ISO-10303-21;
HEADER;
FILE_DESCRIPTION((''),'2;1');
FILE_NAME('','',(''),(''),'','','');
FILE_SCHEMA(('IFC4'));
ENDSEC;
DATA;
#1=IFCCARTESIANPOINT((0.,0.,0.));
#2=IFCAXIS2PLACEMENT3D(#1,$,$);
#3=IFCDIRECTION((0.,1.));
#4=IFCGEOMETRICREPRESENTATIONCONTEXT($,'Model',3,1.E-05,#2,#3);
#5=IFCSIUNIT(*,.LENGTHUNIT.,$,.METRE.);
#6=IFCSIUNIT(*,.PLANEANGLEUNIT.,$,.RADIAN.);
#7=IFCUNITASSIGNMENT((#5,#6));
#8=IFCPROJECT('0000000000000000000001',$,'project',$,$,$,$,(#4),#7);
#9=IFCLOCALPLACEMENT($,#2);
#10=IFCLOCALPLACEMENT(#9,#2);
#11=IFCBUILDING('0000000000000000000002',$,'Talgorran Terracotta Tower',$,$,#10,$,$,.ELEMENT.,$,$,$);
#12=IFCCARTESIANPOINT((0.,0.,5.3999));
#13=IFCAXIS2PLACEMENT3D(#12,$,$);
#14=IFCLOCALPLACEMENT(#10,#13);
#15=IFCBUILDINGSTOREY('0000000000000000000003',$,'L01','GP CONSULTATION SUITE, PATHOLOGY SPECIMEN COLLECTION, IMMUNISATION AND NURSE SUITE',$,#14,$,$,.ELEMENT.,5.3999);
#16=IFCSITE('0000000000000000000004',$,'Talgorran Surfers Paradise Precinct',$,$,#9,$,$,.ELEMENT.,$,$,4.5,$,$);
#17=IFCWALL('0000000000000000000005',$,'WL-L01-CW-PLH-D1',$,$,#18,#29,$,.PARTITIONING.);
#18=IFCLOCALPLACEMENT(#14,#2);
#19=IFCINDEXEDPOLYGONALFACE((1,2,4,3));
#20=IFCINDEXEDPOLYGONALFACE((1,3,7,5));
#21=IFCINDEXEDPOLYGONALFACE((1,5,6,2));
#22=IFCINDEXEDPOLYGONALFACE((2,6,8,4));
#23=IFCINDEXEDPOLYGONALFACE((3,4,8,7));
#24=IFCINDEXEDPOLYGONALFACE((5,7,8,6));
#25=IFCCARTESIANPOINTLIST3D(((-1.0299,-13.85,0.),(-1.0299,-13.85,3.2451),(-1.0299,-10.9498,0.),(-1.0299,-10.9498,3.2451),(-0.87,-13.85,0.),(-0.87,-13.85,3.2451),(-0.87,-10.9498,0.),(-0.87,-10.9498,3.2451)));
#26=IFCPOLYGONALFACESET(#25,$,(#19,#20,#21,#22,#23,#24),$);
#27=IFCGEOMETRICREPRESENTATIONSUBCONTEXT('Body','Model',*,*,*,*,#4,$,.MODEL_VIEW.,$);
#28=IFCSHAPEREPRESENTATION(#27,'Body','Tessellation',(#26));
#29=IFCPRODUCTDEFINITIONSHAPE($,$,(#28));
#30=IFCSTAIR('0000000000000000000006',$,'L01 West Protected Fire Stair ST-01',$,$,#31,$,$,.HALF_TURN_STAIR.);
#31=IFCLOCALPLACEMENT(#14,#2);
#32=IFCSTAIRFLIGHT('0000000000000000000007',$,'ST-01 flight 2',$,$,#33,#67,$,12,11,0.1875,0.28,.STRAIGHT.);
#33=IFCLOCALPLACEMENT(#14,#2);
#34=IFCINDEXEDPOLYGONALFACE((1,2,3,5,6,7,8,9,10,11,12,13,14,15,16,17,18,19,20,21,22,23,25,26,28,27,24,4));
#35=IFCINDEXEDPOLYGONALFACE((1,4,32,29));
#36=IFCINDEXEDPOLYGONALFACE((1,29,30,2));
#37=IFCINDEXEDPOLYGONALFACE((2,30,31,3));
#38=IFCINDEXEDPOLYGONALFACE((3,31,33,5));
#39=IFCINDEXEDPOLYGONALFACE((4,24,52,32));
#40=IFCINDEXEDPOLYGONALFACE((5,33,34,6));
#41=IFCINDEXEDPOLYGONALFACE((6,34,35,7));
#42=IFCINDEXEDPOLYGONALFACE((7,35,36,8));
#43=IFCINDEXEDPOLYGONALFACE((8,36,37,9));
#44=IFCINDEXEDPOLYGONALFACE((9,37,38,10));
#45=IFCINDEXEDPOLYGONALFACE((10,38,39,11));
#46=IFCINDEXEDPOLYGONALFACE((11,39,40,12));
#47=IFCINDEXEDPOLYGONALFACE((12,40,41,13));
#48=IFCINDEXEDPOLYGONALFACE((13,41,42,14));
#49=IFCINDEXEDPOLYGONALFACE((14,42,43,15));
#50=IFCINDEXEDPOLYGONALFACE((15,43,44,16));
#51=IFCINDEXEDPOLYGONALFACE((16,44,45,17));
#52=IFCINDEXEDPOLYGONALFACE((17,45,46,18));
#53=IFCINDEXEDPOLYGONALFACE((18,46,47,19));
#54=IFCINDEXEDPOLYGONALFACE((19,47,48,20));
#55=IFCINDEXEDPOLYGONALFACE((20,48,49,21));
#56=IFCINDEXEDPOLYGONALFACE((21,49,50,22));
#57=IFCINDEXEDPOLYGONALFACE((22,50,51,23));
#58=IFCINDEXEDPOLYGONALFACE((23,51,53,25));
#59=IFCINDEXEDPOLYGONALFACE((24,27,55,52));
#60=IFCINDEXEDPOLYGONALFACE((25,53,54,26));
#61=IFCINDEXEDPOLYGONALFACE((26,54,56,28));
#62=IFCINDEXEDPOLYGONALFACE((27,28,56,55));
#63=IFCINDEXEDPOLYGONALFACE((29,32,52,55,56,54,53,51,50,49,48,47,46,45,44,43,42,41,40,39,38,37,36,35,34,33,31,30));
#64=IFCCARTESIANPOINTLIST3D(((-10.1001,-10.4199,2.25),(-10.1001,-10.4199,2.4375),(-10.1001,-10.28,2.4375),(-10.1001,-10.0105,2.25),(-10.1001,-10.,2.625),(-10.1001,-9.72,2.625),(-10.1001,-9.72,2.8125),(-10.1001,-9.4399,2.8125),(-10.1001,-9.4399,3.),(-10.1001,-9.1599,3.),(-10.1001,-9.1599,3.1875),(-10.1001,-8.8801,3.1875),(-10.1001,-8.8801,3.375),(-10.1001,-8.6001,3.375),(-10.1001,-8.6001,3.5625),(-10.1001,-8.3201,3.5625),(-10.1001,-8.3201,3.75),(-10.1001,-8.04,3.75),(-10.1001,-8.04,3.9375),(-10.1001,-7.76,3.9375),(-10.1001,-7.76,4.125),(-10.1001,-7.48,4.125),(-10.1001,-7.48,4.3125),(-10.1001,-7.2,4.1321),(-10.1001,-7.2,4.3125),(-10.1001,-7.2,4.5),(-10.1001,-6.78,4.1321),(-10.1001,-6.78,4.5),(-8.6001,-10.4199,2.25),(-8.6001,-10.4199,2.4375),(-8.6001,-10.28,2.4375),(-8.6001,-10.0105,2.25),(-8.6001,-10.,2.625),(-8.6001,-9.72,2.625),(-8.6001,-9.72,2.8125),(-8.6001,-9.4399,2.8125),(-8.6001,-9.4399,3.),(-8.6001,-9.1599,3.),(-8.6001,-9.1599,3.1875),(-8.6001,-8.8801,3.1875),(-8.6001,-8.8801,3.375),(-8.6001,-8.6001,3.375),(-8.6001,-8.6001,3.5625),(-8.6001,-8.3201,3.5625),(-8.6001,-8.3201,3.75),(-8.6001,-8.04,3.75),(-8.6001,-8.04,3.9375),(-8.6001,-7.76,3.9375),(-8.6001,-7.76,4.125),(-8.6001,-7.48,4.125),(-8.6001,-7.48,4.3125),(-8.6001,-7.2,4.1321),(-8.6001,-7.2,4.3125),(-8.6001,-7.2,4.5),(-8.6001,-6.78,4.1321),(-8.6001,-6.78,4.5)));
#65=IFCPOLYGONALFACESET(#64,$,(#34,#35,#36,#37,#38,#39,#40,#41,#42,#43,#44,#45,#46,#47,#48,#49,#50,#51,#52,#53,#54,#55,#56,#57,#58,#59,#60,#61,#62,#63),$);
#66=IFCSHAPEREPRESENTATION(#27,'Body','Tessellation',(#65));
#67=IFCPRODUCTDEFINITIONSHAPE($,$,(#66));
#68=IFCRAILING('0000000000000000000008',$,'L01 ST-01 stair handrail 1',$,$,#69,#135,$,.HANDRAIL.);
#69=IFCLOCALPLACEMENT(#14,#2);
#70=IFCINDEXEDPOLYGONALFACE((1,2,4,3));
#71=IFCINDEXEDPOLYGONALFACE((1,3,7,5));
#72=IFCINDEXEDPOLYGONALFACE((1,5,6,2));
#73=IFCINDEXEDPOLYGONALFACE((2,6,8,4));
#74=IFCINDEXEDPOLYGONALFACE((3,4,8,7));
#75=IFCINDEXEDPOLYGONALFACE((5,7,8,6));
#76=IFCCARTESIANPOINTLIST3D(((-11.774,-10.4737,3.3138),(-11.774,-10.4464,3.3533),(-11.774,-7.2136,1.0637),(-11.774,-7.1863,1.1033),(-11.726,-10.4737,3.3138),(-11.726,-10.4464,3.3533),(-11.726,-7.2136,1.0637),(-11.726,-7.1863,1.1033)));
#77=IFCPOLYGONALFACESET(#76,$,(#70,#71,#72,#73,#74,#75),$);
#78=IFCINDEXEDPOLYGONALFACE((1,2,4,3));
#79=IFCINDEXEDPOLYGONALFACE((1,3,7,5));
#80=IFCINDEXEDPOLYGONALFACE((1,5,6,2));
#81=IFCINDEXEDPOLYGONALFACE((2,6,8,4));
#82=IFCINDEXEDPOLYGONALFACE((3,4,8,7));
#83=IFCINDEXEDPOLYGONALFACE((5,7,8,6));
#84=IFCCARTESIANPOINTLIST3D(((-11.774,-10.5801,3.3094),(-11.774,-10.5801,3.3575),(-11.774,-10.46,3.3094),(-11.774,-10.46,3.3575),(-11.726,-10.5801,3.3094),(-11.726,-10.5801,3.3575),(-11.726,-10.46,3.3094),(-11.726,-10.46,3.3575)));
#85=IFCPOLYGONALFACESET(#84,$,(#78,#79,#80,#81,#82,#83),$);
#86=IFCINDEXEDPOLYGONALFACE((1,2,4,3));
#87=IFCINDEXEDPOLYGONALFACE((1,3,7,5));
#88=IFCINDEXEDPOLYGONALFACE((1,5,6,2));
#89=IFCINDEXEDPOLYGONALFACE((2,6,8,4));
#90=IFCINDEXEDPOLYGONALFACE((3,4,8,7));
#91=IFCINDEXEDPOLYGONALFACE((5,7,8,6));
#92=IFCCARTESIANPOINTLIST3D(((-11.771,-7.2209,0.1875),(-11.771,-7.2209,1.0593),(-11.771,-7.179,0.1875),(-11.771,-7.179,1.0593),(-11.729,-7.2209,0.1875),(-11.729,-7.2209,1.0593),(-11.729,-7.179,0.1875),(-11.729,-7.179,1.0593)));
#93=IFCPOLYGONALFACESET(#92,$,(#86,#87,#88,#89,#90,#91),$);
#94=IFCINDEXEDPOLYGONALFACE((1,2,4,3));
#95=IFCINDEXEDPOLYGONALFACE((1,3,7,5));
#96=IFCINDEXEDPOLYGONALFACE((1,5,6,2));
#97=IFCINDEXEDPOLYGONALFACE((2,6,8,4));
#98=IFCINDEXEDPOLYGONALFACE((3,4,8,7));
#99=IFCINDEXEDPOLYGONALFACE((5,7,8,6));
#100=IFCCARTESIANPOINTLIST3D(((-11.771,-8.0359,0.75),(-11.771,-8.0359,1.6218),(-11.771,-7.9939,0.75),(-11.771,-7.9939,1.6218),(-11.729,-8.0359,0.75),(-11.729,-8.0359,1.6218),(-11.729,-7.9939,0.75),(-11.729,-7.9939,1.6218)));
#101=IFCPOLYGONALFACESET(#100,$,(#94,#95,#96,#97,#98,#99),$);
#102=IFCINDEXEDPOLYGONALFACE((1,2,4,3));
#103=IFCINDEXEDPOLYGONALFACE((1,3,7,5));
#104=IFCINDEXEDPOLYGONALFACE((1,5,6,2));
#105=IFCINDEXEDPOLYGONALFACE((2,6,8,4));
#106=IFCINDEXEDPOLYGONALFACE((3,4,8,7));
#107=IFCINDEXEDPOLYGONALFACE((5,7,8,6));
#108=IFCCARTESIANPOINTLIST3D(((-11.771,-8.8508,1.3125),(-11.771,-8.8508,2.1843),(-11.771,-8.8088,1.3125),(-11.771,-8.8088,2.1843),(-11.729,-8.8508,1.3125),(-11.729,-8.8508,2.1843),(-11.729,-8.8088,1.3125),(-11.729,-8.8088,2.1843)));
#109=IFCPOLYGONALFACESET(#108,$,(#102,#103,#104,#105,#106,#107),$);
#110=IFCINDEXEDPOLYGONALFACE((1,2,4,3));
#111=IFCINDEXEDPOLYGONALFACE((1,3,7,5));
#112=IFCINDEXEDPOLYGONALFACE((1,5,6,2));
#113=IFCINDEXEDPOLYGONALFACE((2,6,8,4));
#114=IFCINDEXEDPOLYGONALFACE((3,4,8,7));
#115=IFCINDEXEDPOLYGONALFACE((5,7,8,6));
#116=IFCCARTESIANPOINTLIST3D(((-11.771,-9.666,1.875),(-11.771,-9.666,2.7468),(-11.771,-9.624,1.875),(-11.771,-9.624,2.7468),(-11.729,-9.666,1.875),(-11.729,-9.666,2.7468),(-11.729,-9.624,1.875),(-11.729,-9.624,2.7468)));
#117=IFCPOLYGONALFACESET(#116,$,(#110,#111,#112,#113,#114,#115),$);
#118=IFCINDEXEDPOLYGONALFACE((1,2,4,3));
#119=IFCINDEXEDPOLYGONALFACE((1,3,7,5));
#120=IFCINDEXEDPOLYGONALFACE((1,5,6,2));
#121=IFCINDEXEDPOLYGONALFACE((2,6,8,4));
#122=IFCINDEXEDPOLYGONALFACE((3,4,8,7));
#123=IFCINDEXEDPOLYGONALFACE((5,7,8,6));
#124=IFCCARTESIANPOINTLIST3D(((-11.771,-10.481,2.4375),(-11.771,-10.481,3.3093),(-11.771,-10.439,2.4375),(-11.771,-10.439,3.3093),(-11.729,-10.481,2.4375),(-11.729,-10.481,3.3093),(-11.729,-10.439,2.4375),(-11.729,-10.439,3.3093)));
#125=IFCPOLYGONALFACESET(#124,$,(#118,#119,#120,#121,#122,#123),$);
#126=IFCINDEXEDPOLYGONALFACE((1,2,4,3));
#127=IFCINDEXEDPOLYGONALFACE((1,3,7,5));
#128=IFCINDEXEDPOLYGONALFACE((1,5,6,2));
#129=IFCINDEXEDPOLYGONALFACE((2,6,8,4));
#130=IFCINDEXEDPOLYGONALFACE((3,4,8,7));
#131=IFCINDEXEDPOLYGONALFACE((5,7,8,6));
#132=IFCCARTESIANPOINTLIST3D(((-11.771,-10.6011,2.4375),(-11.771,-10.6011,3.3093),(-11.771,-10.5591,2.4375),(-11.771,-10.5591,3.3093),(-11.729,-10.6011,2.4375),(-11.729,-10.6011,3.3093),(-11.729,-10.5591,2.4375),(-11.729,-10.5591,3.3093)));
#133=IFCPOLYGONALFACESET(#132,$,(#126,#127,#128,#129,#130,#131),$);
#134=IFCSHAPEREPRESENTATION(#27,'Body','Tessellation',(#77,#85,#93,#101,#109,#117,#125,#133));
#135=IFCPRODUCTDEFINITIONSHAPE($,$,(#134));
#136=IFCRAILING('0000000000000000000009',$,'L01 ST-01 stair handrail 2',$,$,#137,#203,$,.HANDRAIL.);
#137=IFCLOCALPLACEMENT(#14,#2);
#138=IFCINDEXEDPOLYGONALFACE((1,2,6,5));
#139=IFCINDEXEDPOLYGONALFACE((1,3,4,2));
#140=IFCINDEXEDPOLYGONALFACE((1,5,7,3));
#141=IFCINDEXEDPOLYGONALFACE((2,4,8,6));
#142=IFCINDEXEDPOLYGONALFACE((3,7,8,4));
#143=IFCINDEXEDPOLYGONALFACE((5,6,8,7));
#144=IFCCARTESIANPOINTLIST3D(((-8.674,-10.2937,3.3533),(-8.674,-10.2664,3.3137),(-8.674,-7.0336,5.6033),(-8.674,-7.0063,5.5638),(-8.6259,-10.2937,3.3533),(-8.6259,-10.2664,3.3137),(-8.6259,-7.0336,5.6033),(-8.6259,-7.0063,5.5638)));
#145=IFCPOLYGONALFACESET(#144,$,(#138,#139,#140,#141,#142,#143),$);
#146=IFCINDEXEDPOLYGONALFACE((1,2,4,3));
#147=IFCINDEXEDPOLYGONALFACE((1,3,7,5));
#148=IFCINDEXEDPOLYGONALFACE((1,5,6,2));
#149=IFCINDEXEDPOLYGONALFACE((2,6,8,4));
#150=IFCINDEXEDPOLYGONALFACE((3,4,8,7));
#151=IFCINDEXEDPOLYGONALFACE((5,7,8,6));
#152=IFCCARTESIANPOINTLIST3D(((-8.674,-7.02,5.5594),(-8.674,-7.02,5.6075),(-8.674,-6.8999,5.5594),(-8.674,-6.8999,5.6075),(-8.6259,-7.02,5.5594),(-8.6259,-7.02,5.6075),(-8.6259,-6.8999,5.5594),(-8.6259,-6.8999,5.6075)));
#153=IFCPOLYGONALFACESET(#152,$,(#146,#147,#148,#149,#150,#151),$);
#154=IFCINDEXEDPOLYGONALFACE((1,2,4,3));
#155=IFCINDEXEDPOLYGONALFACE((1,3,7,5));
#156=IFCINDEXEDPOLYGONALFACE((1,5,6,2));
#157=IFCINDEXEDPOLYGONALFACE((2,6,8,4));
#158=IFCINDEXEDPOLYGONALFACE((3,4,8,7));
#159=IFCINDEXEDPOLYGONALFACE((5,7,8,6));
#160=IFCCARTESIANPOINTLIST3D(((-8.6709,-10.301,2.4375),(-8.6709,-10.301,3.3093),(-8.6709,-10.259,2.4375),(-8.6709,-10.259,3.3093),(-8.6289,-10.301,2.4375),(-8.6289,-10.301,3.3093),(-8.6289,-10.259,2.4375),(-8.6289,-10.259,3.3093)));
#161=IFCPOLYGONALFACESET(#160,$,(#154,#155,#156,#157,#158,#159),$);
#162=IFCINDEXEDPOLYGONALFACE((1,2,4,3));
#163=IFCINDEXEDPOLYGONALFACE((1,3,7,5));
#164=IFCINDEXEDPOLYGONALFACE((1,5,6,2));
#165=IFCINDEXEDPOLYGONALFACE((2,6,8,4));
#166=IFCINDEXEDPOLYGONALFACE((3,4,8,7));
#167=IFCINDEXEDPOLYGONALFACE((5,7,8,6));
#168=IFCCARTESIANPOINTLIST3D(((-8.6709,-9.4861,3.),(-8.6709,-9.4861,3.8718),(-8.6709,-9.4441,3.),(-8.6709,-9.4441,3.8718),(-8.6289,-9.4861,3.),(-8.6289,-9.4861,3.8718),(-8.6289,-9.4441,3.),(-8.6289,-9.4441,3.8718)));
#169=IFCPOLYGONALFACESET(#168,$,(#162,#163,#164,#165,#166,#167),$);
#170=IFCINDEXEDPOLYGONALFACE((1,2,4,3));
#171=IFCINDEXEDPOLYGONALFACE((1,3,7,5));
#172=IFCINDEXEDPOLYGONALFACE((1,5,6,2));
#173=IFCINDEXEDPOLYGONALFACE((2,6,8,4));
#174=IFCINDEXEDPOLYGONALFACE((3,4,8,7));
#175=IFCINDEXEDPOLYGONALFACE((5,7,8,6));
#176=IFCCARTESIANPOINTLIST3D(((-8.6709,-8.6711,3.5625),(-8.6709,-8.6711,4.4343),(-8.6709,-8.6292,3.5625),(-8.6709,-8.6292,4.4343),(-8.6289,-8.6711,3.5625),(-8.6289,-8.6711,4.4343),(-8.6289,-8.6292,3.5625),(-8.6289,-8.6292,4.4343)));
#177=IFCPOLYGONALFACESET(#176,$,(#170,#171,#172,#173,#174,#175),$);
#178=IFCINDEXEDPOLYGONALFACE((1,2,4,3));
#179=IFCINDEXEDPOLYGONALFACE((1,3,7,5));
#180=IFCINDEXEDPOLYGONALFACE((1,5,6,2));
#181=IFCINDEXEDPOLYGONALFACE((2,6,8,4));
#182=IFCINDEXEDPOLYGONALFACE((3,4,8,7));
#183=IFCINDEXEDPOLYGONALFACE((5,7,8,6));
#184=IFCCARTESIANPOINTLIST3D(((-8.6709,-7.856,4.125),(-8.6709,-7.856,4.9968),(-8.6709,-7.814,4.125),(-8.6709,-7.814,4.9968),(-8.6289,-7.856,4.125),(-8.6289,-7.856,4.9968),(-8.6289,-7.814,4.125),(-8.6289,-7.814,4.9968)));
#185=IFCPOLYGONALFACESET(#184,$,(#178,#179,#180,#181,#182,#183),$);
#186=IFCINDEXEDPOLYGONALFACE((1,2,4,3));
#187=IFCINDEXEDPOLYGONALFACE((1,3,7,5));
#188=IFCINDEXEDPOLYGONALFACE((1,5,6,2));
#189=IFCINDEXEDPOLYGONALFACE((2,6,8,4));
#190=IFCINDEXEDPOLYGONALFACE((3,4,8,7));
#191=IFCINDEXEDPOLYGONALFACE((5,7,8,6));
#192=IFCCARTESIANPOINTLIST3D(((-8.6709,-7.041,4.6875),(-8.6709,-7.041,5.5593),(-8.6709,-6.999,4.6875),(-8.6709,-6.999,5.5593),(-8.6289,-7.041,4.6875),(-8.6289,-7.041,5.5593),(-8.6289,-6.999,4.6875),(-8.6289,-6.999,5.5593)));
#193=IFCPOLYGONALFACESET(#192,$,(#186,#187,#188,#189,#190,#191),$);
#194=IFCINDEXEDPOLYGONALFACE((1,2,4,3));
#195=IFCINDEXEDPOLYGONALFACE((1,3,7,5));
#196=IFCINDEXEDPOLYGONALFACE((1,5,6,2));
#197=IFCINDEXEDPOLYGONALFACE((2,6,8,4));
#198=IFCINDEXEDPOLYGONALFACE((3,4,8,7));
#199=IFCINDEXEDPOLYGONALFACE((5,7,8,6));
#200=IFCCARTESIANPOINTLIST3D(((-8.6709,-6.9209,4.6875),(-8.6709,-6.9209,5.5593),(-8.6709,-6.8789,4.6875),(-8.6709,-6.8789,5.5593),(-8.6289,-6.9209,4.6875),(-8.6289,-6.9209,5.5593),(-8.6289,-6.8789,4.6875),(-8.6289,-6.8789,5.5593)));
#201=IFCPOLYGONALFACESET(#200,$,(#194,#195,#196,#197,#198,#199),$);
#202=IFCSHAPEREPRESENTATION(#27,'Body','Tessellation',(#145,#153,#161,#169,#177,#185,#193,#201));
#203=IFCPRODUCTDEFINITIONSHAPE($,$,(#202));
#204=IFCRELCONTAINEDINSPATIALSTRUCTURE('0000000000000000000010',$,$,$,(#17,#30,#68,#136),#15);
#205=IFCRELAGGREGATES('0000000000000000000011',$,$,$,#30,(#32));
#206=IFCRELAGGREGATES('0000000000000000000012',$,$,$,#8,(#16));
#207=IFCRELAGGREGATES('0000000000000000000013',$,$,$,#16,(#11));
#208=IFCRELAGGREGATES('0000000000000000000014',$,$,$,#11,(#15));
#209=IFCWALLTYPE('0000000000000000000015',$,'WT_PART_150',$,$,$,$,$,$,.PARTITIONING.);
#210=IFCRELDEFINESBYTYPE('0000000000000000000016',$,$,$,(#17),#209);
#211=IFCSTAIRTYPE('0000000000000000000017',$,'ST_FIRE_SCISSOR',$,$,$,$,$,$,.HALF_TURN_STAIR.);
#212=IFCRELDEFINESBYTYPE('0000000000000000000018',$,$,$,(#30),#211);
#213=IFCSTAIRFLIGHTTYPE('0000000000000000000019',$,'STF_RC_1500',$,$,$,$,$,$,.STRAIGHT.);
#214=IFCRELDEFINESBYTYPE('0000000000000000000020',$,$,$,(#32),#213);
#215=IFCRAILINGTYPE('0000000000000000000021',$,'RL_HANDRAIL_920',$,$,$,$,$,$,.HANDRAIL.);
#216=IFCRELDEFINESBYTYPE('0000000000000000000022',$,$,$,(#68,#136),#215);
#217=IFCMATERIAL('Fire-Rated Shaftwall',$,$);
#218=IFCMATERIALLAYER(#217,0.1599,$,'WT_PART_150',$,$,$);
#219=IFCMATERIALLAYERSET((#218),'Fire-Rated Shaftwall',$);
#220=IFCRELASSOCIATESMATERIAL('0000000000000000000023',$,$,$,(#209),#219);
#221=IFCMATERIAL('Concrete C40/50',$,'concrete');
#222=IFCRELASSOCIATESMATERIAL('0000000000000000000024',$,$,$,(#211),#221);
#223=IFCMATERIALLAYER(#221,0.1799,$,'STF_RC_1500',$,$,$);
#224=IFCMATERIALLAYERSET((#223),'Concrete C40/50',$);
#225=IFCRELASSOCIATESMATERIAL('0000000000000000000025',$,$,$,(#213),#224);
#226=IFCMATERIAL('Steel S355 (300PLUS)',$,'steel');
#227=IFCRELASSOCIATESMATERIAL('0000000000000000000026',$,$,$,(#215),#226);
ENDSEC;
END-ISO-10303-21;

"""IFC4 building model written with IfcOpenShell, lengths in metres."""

from ifc_helpers import new_model, si_unit, direction, frame, frame_2d, origin, origin_2d, place, context, subcontext, project, spatial, polyline, rectangle, outline, extrude, material, layer, layer_set, type_object, element, aggregate, save


model = new_model("IFC4")

# Units and contexts
model_context = context("Model", 3, precision=1e-05, world=origin(), true_north=direction((0.0, 1.0)))
body_context = subcontext(model_context, "Body", "Model", "MODEL_VIEW")
ifc_project = project(units=[si_unit("LENGTHUNIT", "METRE"), si_unit("PLANEANGLEUNIT", "RADIAN")], contexts=[model_context])

# Site, building, storey
site_placement = place(None, origin())
site = spatial("IfcSite", under=ifc_project, at=site_placement, Name="Talgorran Surfers Paradise Precinct", CompositionType="ELEMENT", RefElevation=4.5)
building_placement = place(site_placement, origin())
building = spatial("IfcBuilding", under=site, at=building_placement, Name="Talgorran Terracotta Tower", CompositionType="ELEMENT")
storey_placement = place(building_placement, frame((0.0, 0.0, 5.3999)))
storey = spatial("IfcBuildingStorey", under=building, at=storey_placement, Name="L01", Description="GP CONSULTATION SUITE, PATHOLOGY SPECIMEN COLLECTION, IMMUNISATION AND NURSE SUITE", CompositionType="ELEMENT", Elevation=5.3999)

# Wall
ifc_material_1 = material(Name="Fire-Rated Shaftwall")
ifc_layer_1 = layer(ifc_material_1, 0.1599, Name="WT_PART_150")
ifc_layer_set_1 = layer_set([ifc_layer_1], Name="Fire-Rated Shaftwall")
wall_type_1 = type_object("IfcWallType", Name="WT_PART_150", PredefinedType="PARTITIONING", material=ifc_layer_set_1)
for number, where, z_axis, x_axis, name in (
    (1, (-0.95, -13.8501, 0.0), (0.0, 0.0, 1.0), (0.0, 1.0, 0.0), "WL-L01-CW-PLH-D1"),
):
    element("IfcWall", number, at=place(storey_placement, frame(where, z_axis=z_axis, x_axis=x_axis)), inside=storey, type_object=wall_type_1, Name=name, PredefinedType="PARTITIONING", context=body_context, shape_type="SweptSolid", body=[
        extrude(rectangle(XDim=2.9001, YDim=0.1599, at=frame_2d((1.4502, 0.0))), origin(), (0.0, 0.0, 1.0), 3.2451),
    ])

# Stair, stair flight
ifc_material_2 = material(Name="Concrete C40/50", Category="concrete")
stair_type = type_object("IfcStairType", Name="ST_FIRE_SCISSOR", PredefinedType="HALF_TURN_STAIR", material=ifc_material_2)
stair_placement = place(storey_placement, origin())
stair = element("IfcStair", 2, at=stair_placement, inside=storey, type_object=stair_type, Name="L01 West Protected Fire Stair ST-01", PredefinedType="HALF_TURN_STAIR")
ifc_layer_2 = layer(ifc_material_2, 0.1799, Name="STF_RC_1500")
ifc_layer_set_2 = layer_set([ifc_layer_2], Name="Concrete C40/50")
stair_flight_type = type_object("IfcStairFlightType", Name="STF_RC_1500", PredefinedType="STRAIGHT", material=ifc_layer_set_2)
stair_flight_placement = place(storey_placement, frame((-9.3501, -10.28, 2.25), z_axis=(0.0, 0.0, 1.0), x_axis=(0.0, 1.0, 0.0)))
stair_flight = element("IfcStairFlight", 3, at=stair_flight_placement, type_object=stair_flight_type, Name="ST-01 flight 2", NumberOfRisers=12, NumberOfTreads=11, PredefinedType="STRAIGHT", RiserHeight=0.1875, TreadLength=0.28, context=body_context, shape_type="SweptSolid", body=[
    extrude(outline(polyline([(-0.1399, 0.0), (-0.1399, 0.1875), (0.0, 0.1875), (0.28, 0.375), (0.5601, 0.375), (0.5601, 0.5625), (0.8401, 0.5625), (0.8401, 0.75), (1.1201, 0.75), (1.1201, 0.9375), (1.3999, 0.9375), (1.3999, 1.125), (1.6799, 1.125), (1.6799, 1.3125), (1.96, 1.3125), (1.96, 1.5), (2.24, 1.5), (2.24, 1.6875), (2.52, 1.6875), (2.52, 1.875), (2.8, 1.875), (2.8, 2.0625), (3.0801, 2.0625), (3.0801, 2.25), (3.5, 2.25), (3.5, 1.8821), (3.0801, 1.8821), (0.2695, 0.0), (-0.1399, 0.0)])), frame((0.0, 0.75, 0.0), z_axis=(0.0, -1.0, 0.0), x_axis=(1.0, 0.0, 0.0)), (0.0, 0.0, 1.0), 1.5),
])
aggregate(stair, [stair_flight])

# Railings
ifc_material_3 = material(Name="Steel S355 (300PLUS)", Category="steel")
railing_type_1 = type_object("IfcRailingType", Name="RL_HANDRAIL_920", PredefinedType="HANDRAIL", material=ifc_material_3)
railing_1_placement = place(storey_placement, frame((-11.75, -7.2, 0.1875)))
element("IfcRailing", 4, at=railing_1_placement, inside=storey, type_object=railing_type_1, Name="L01 ST-01 stair handrail 1", PredefinedType="HANDRAIL", context=body_context, shape_type="SweptSolid", body=[
    extrude(rectangle(XDim=0.0481, YDim=0.0481, at=origin_2d()), frame((0.0, 0.0, 0.896), z_axis=(0.0, -0.82301, 0.568027), x_axis=(1.0, 0.0, 0.0)), (0.0, 0.0, 1.0), 3.9612),
    extrude(rectangle(XDim=0.0481, YDim=0.0481, at=origin_2d()), frame((0.0, -3.26, 3.146), z_axis=(0.0, -1.0, 0.0), x_axis=(1.0, 0.0, 0.0)), (0.0, 0.0, 1.0), 0.1201),
    extrude(rectangle(XDim=0.042, YDim=0.042, at=origin_2d()), origin(), (0.0, 0.0, 1.0), 0.8718),
    extrude(rectangle(XDim=0.042, YDim=0.042, at=origin_2d()), frame((0.0, -0.8149, 0.5625)), (0.0, 0.0, 1.0), 0.8718),
    extrude(rectangle(XDim=0.042, YDim=0.042, at=origin_2d()), frame((0.0, -1.6299, 1.125)), (0.0, 0.0, 1.0), 0.8718),
    extrude(rectangle(XDim=0.042, YDim=0.042, at=origin_2d()), frame((0.0, -2.4451, 1.6875)), (0.0, 0.0, 1.0), 0.8718),
    extrude(rectangle(XDim=0.042, YDim=0.042, at=origin_2d()), frame((0.0, -3.26, 2.25)), (0.0, 0.0, 1.0), 0.8718),
    extrude(rectangle(XDim=0.042, YDim=0.042, at=origin_2d()), frame((0.0, -3.3801, 2.25)), (0.0, 0.0, 1.0), 0.8718),
])
railing_2_placement = place(storey_placement, frame((-8.6499, -10.28, 2.4375)))
element("IfcRailing", 5, at=railing_2_placement, inside=storey, type_object=railing_type_1, Name="L01 ST-01 stair handrail 2", PredefinedType="HANDRAIL", context=body_context, shape_type="SweptSolid", body=[
    extrude(rectangle(XDim=0.0481, YDim=0.0481, at=origin_2d()), frame((0.0, 0.0, 0.896), z_axis=(0.0, 0.82301, 0.568027), x_axis=(-1.0, 0.0, 0.0)), (0.0, 0.0, 1.0), 3.9612),
    extrude(rectangle(XDim=0.0481, YDim=0.0481, at=origin_2d()), frame((0.0, 3.26, 3.146), z_axis=(0.0, 1.0, 0.0), x_axis=(-1.0, 0.0, 0.0)), (0.0, 0.0, 1.0), 0.1201),
    extrude(rectangle(XDim=0.042, YDim=0.042, at=origin_2d()), origin(), (0.0, 0.0, 1.0), 0.8718),
    extrude(rectangle(XDim=0.042, YDim=0.042, at=origin_2d()), frame((0.0, 0.8149, 0.5625)), (0.0, 0.0, 1.0), 0.8718),
    extrude(rectangle(XDim=0.042, YDim=0.042, at=origin_2d()), frame((0.0, 1.6299, 1.125)), (0.0, 0.0, 1.0), 0.8718),
    extrude(rectangle(XDim=0.042, YDim=0.042, at=origin_2d()), frame((0.0, 2.4451, 1.6875)), (0.0, 0.0, 1.0), 0.8718),
    extrude(rectangle(XDim=0.042, YDim=0.042, at=origin_2d()), frame((0.0, 3.26, 2.25)), (0.0, 0.0, 1.0), 0.8718),
    extrude(rectangle(XDim=0.042, YDim=0.042, at=origin_2d()), frame((0.0, 3.3801, 2.25)), (0.0, 0.0, 1.0), 0.8718),
])

save(model, "model.ifc")
